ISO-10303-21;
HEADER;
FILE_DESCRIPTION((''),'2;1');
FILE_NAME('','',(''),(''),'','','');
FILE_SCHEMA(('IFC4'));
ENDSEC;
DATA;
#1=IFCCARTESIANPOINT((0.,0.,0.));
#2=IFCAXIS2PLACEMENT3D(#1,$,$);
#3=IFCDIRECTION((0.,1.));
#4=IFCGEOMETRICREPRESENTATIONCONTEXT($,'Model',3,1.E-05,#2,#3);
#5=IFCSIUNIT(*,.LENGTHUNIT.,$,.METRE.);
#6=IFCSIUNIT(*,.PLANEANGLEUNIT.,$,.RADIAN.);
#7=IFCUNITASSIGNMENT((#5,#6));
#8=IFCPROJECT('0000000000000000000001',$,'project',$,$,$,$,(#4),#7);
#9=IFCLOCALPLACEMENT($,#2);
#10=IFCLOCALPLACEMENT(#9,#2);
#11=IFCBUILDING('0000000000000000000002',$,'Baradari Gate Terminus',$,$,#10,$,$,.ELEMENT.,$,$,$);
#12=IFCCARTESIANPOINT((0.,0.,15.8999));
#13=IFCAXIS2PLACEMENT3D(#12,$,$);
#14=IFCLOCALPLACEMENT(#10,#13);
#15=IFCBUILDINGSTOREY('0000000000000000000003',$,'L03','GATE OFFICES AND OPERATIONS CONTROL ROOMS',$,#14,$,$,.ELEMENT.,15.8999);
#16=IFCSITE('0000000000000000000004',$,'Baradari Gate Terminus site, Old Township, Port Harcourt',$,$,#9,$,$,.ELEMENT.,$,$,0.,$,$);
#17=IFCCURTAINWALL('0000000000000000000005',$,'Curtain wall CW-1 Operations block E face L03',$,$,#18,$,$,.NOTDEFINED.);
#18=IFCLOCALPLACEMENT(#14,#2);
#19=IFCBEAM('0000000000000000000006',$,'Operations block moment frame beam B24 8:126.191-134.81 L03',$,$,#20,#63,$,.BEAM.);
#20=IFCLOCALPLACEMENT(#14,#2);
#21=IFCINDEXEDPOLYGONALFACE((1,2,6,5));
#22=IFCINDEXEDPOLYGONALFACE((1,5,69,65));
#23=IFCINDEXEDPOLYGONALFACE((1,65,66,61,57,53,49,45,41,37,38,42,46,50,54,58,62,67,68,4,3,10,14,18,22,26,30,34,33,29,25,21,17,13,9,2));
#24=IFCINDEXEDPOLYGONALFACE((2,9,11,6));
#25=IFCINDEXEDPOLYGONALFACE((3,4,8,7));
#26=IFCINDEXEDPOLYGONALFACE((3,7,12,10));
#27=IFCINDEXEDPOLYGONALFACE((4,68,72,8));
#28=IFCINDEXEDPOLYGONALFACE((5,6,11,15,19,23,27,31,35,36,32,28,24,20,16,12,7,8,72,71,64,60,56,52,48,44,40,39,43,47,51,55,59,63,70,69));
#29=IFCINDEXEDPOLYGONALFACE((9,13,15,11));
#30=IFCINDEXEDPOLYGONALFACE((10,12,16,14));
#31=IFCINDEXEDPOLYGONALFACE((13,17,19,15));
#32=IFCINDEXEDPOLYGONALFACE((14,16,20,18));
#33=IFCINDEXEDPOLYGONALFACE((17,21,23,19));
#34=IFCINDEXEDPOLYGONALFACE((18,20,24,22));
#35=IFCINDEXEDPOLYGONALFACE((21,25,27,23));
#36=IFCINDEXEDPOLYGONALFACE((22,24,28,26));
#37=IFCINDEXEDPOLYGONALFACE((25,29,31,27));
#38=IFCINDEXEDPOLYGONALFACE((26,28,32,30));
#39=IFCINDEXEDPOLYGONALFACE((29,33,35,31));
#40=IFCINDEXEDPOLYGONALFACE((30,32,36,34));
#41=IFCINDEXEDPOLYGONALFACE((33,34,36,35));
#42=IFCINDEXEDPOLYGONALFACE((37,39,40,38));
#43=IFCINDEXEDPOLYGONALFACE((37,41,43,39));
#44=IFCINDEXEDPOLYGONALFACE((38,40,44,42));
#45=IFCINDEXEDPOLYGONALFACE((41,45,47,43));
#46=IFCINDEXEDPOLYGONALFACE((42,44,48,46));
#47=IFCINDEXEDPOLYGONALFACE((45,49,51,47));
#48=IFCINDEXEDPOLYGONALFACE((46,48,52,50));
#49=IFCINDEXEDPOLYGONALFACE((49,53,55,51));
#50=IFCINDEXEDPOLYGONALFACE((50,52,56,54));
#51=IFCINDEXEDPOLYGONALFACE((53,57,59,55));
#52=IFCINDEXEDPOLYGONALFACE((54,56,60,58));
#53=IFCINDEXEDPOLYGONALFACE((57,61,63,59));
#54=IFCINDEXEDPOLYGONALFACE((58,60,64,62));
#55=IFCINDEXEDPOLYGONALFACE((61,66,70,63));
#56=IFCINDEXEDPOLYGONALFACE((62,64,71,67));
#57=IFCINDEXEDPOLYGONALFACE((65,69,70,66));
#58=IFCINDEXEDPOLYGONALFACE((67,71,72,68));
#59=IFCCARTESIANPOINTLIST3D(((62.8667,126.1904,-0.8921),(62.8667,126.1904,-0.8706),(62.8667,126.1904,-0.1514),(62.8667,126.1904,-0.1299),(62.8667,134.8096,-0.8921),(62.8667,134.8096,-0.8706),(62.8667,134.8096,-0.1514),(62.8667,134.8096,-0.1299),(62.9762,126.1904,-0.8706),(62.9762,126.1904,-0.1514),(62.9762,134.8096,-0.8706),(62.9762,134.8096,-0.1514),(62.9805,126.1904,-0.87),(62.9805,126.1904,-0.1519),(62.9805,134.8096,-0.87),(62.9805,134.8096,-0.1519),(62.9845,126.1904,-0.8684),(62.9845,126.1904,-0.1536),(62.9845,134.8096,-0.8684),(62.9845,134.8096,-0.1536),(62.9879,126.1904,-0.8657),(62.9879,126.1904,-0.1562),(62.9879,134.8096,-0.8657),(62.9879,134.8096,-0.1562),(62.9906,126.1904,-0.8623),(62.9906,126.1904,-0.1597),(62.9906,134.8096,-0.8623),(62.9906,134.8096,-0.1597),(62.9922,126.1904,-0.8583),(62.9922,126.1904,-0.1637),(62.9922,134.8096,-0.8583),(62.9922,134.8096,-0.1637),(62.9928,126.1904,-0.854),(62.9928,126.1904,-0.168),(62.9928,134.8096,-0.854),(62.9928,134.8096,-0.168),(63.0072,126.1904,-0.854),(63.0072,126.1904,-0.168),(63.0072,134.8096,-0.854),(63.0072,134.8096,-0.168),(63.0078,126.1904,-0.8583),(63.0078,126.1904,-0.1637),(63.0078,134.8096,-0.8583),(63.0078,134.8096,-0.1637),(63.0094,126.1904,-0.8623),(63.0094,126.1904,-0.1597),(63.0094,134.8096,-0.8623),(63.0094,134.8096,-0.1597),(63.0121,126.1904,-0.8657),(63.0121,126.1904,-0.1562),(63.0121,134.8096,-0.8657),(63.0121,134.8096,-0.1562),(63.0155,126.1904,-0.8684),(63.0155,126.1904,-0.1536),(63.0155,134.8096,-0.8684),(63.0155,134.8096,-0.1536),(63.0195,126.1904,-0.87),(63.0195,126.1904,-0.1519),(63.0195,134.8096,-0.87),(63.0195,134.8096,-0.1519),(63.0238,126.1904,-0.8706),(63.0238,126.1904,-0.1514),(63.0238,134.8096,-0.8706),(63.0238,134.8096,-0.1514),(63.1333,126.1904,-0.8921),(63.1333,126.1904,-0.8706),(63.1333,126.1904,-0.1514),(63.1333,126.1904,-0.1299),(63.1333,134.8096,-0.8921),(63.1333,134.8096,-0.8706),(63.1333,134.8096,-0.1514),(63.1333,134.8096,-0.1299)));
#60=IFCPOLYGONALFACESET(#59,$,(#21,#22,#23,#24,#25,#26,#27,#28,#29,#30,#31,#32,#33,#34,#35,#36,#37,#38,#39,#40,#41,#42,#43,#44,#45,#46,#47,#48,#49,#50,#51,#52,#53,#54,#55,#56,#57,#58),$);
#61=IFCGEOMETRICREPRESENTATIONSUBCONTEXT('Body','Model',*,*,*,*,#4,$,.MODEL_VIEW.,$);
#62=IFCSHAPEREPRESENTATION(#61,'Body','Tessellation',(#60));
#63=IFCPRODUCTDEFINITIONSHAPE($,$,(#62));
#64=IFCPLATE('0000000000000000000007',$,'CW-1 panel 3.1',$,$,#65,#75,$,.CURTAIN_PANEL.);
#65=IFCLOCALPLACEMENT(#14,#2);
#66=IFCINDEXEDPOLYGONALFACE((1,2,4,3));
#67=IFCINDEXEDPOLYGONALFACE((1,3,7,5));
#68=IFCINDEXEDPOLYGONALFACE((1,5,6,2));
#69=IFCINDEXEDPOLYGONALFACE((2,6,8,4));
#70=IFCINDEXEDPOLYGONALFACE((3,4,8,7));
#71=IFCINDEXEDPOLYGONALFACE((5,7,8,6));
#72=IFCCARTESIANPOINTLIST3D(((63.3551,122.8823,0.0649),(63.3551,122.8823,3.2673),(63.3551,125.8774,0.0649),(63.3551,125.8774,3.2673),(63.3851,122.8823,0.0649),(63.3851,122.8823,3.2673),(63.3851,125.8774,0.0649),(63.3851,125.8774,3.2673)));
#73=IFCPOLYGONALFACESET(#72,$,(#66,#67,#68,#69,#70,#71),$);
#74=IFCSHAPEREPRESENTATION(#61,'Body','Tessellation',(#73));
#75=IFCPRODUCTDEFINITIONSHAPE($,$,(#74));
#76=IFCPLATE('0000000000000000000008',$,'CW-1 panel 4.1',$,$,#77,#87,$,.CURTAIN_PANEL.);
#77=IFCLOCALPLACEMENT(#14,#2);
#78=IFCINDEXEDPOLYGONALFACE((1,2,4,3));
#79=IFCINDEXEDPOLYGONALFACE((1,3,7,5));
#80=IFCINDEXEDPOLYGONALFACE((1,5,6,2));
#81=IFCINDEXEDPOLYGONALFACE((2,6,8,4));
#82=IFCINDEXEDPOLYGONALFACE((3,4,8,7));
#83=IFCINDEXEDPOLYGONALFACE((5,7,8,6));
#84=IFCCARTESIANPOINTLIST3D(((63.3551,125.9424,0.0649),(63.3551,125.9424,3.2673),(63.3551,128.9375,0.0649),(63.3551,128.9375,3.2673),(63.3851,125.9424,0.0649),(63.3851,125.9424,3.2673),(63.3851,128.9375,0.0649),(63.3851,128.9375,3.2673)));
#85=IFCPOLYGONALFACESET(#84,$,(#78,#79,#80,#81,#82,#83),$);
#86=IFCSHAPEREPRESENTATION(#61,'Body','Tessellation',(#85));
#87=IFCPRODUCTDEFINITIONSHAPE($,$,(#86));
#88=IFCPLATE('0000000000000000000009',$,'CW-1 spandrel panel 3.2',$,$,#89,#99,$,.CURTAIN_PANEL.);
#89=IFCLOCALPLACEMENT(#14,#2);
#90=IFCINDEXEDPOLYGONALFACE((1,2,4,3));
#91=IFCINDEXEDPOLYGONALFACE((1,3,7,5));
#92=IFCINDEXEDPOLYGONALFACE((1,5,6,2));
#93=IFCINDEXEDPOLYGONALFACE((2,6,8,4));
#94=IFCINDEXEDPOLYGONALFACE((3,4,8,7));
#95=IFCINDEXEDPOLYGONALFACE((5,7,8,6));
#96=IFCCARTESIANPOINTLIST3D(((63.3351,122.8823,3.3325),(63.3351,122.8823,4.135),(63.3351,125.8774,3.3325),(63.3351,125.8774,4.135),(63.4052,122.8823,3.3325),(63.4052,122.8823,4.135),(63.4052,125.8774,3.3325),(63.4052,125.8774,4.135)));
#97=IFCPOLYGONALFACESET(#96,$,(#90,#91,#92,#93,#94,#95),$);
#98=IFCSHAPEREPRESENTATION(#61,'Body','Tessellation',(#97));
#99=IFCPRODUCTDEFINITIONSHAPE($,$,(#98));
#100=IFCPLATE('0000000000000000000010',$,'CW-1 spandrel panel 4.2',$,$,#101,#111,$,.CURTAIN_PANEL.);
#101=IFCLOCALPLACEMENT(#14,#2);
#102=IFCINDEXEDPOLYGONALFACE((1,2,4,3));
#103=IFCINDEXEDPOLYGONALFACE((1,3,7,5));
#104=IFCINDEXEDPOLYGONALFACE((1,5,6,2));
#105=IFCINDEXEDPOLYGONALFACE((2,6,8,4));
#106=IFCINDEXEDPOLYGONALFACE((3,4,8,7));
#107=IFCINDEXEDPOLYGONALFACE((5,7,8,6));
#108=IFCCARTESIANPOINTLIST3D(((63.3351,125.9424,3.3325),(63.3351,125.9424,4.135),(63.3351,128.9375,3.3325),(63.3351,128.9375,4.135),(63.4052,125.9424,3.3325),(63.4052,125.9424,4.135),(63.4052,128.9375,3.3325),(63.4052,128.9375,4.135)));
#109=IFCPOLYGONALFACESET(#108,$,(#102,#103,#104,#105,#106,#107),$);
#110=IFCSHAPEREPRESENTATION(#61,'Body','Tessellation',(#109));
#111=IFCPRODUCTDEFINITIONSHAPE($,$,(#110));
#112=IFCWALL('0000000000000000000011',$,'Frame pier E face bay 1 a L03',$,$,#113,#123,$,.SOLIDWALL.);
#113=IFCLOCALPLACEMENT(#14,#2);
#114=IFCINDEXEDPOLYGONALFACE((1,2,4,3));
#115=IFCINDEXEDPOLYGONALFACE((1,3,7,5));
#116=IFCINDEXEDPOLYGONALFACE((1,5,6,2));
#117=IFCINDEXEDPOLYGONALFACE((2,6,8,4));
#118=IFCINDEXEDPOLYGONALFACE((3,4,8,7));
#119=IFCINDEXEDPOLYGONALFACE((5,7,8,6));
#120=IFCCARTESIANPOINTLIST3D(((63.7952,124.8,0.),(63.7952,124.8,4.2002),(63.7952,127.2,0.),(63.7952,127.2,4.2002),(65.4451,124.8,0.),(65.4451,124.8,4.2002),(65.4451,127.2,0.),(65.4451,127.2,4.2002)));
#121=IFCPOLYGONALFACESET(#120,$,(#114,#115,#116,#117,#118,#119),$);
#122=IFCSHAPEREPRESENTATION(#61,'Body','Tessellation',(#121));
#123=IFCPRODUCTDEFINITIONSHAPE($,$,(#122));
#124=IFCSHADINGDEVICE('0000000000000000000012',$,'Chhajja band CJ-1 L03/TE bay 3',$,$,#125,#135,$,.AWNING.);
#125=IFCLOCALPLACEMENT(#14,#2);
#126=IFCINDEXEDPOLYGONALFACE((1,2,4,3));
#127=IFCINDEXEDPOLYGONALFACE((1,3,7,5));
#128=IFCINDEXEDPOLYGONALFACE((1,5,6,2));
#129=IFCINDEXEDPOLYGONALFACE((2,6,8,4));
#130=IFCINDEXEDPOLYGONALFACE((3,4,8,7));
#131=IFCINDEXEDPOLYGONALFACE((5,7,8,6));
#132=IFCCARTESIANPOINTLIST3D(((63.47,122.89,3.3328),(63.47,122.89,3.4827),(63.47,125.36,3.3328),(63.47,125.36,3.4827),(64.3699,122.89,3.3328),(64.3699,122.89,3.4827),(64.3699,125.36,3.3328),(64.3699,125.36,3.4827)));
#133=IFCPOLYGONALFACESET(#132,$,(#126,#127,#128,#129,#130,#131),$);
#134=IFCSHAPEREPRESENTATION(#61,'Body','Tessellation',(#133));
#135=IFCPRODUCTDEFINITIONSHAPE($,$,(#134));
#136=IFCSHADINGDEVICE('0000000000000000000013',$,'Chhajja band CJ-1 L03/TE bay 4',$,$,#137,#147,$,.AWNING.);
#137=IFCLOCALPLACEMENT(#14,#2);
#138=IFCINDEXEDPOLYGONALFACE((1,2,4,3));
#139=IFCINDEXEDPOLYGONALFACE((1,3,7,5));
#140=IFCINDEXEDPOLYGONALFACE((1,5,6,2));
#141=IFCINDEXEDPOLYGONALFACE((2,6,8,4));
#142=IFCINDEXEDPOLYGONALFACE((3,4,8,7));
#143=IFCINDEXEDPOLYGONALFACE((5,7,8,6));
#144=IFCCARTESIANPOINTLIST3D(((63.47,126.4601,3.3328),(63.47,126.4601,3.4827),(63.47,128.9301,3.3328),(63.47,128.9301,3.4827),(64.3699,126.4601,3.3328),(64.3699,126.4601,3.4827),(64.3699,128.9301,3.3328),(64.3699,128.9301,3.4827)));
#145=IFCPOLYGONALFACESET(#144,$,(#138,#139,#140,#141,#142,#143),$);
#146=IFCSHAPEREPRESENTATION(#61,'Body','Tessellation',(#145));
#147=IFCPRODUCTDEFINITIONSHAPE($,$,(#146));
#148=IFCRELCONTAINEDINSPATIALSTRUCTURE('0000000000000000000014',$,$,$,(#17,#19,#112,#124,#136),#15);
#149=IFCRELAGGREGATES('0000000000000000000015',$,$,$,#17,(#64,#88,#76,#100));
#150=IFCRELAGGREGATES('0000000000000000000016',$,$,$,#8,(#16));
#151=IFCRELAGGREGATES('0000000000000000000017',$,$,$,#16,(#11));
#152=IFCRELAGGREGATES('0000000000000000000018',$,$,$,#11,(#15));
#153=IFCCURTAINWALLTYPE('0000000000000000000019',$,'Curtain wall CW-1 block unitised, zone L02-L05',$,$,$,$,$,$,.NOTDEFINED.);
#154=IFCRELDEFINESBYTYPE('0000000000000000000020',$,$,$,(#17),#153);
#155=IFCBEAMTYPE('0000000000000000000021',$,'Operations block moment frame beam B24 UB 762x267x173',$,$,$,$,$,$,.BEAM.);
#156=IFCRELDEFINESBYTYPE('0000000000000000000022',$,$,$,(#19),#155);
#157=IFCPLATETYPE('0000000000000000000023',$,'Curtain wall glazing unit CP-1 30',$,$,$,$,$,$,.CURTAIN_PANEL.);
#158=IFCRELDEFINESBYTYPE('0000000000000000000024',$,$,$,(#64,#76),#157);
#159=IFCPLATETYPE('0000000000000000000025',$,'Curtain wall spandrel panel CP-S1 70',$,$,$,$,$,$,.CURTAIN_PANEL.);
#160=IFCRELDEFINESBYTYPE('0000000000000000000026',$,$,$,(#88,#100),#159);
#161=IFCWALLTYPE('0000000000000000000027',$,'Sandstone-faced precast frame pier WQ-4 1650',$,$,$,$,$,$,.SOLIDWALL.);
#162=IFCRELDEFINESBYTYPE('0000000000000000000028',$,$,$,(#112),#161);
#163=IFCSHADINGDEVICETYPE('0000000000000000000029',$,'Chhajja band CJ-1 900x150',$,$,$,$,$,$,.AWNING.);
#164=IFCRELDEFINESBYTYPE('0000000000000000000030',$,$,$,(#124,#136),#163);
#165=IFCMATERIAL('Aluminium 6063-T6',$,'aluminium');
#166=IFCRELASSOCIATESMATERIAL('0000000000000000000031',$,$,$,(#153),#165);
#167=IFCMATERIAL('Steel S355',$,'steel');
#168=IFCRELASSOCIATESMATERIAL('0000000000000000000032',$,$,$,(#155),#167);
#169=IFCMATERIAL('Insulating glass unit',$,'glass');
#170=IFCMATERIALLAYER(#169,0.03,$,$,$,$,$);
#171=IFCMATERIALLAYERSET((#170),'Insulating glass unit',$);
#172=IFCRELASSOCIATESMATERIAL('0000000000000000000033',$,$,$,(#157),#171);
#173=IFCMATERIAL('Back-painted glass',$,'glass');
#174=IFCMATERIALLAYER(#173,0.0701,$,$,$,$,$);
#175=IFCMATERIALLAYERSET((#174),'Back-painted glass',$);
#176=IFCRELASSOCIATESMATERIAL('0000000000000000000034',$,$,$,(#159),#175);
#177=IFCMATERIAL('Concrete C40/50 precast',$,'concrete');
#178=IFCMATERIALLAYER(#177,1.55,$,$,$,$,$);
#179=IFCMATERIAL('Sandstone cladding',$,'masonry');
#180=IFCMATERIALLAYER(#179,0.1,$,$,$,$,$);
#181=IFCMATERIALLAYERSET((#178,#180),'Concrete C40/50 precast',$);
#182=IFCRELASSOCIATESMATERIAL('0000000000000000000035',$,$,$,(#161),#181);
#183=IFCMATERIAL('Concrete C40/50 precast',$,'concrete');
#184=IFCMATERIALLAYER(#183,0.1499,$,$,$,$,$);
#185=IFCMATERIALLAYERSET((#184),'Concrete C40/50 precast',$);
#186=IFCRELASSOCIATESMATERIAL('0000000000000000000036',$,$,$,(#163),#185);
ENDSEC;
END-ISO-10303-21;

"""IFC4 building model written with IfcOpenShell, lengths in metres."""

from ifc_helpers import new_model, si_unit, direction, frame, frame_2d, origin, origin_2d, place, context, subcontext, project, spatial, rectangle, i_section, extrude, material, layer, layer_set, material_profile, profile_set, type_object, element, aggregate, save


model = new_model("IFC4")

# Units and contexts
model_context = context("Model", 3, precision=1e-05, world=origin(), true_north=direction((0.0, 1.0)))
body_context = subcontext(model_context, "Body", "Model", "MODEL_VIEW")
ifc_project = project(units=[si_unit("LENGTHUNIT", "METRE"), si_unit("PLANEANGLEUNIT", "RADIAN")], contexts=[model_context])

# Site, building, storey
site_placement = place(None, origin())
site = spatial("IfcSite", under=ifc_project, at=site_placement, Name="Baradari Gate Terminus site, Old Township, Port Harcourt", CompositionType="ELEMENT", RefElevation=0.0)
building_placement = place(site_placement, origin())
building = spatial("IfcBuilding", under=site, at=building_placement, Name="Baradari Gate Terminus", CompositionType="ELEMENT")
storey_placement = place(building_placement, frame((0.0, 0.0, 15.8999)))
storey = spatial("IfcBuildingStorey", under=building, at=storey_placement, Name="L03", Description="GATE OFFICES AND OPERATIONS CONTROL ROOMS", CompositionType="ELEMENT", Elevation=15.8999)

# Curtain wall
ifc_material_1 = material(Name="Aluminium 6063-T6", Category="aluminium")
curtain_wall_type = type_object("IfcCurtainWallType", Name="Curtain wall CW-1 block unitised, zone L02-L05", PredefinedType="NOTDEFINED", material=ifc_material_1)
curtain_wall_placement = place(storey_placement, origin())
curtain_wall = element("IfcCurtainWall", 1, at=curtain_wall_placement, inside=storey, type_object=curtain_wall_type, Name="Curtain wall CW-1 Operations block E face L03", PredefinedType="NOTDEFINED")

# Beam
ifc_material_2 = material(Name="Steel S355", Category="steel")
ifc_material_profile_1 = material_profile(ifc_material_2, i_section(OverallWidth=0.2666, OverallDepth=0.7622, WebThickness=0.0144, FlangeThickness=0.0215, FilletRadius=0.0166, at=origin_2d()), Name="UB 762x267x173")
ifc_profile_set_1 = profile_set([ifc_material_profile_1], Name="Steel S355")
beam_type = type_object("IfcBeamType", Name="Operations block moment frame beam B24 UB 762x267x173", PredefinedType="BEAM", material=ifc_profile_set_1)
beam_placement = place(storey_placement, frame((63.0, 126.1904, -0.511), z_axis=(0.0, 1.0, 0.0), x_axis=(-1.0, 0.0, 0.0)))
element("IfcBeam", 2, at=beam_placement, inside=storey, type_object=beam_type, Name="Operations block moment frame beam B24 8:126.191-134.81 L03", PredefinedType="BEAM", context=body_context, shape_type="SweptSolid", body=[
    extrude(i_section(OverallWidth=0.2666, OverallDepth=0.7622, WebThickness=0.0144, FlangeThickness=0.0215, FilletRadius=0.0166, at=origin_2d()), origin(), (0.0, 0.0, 1.0), 8.6191),
])

# Plates
ifc_material_3 = material(Name="Insulating glass unit", Category="glass")
ifc_layer_1 = layer(ifc_material_3, 0.03)
ifc_layer_set_1 = layer_set([ifc_layer_1], Name="Insulating glass unit")
plate_type_1 = type_object("IfcPlateType", Name="Curtain wall glazing unit CP-1 30", PredefinedType="CURTAIN_PANEL", material=ifc_layer_set_1)
plate_1_placement = place(storey_placement, frame((63.3701, 124.3799, 0.0649), z_axis=(0.0, 0.0, 1.0), x_axis=(0.0, 1.0, 0.0)))
plate_1 = element("IfcPlate", 3, at=plate_1_placement, type_object=plate_type_1, Name="CW-1 panel 3.1", PredefinedType="CURTAIN_PANEL", context=body_context, shape_type="SweptSolid", body=[
    extrude(rectangle(XDim=2.9951, YDim=0.03, at=origin_2d()), origin(), (0.0, 0.0, 1.0), 3.2024),
])
plate_2_placement = place(storey_placement, frame((63.3701, 127.4399, 0.0649), z_axis=(0.0, 0.0, 1.0), x_axis=(0.0, 1.0, 0.0)))
plate_2 = element("IfcPlate", 4, at=plate_2_placement, type_object=plate_type_1, Name="CW-1 panel 4.1", PredefinedType="CURTAIN_PANEL", context=body_context, shape_type="SweptSolid", body=[
    extrude(rectangle(XDim=2.9951, YDim=0.03, at=origin_2d()), origin(), (0.0, 0.0, 1.0), 3.2024),
])
ifc_material_4 = material(Name="Back-painted glass", Category="glass")
ifc_layer_2 = layer(ifc_material_4, 0.0701)
ifc_layer_set_2 = layer_set([ifc_layer_2], Name="Back-painted glass")
plate_type_2 = type_object("IfcPlateType", Name="Curtain wall spandrel panel CP-S1 70", PredefinedType="CURTAIN_PANEL", material=ifc_layer_set_2)
plate_3_placement = place(storey_placement, frame((63.3701, 124.3799, 3.3325), z_axis=(0.0, 0.0, 1.0), x_axis=(0.0, 1.0, 0.0)))
plate_3 = element("IfcPlate", 5, at=plate_3_placement, type_object=plate_type_2, Name="CW-1 spandrel panel 3.2", PredefinedType="CURTAIN_PANEL", context=body_context, shape_type="SweptSolid", body=[
    extrude(rectangle(XDim=2.9951, YDim=0.0701, at=origin_2d()), origin(), (0.0, 0.0, 1.0), 0.8025),
])
plate_4_placement = place(storey_placement, frame((63.3701, 127.4399, 3.3325), z_axis=(0.0, 0.0, 1.0), x_axis=(0.0, 1.0, 0.0)))
plate_4 = element("IfcPlate", 6, at=plate_4_placement, type_object=plate_type_2, Name="CW-1 spandrel panel 4.2", PredefinedType="CURTAIN_PANEL", context=body_context, shape_type="SweptSolid", body=[
    extrude(rectangle(XDim=2.9951, YDim=0.0701, at=origin_2d()), origin(), (0.0, 0.0, 1.0), 0.8025),
])
aggregate(curtain_wall, [plate_1, plate_3, plate_2, plate_4])

# Wall
ifc_material_5 = material(Name="Concrete C40/50 precast", Category="concrete")
ifc_layer_3 = layer(ifc_material_5, 1.55)
ifc_material_6 = material(Name="Sandstone cladding", Category="masonry")
ifc_layer_4 = layer(ifc_material_6, 0.1)
ifc_layer_set_3 = layer_set([ifc_layer_3, ifc_layer_4], Name="Concrete C40/50 precast")
wall_type = type_object("IfcWallType", Name="Sandstone-faced precast frame pier WQ-4 1650", PredefinedType="SOLIDWALL", material=ifc_layer_set_3)
wall_placement = place(storey_placement, frame((64.6201, 124.8, 0.0), z_axis=(0.0, 0.0, 1.0), x_axis=(0.0, 1.0, 0.0)))
element("IfcWall", 7, at=wall_placement, inside=storey, type_object=wall_type, Name="Frame pier E face bay 1 a L03", PredefinedType="SOLIDWALL", context=body_context, shape_type="SweptSolid", body=[
    extrude(rectangle(XDim=2.3999, YDim=1.6499, at=frame_2d((1.2, 0.0))), origin(), (0.0, 0.0, 1.0), 4.2002),
])

# Shading devices
ifc_material_7 = material(Name="Concrete C40/50 precast", Category="concrete")
ifc_layer_5 = layer(ifc_material_7, 0.1499)
ifc_layer_set_4 = layer_set([ifc_layer_5], Name="Concrete C40/50 precast")
shading_device_type_1 = type_object("IfcShadingDeviceType", Name="Chhajja band CJ-1 900x150", PredefinedType="AWNING", material=ifc_layer_set_4)
for number, where, z_axis, x_axis, name in (
    (8, (63.9199, 124.125, 3.3328), (0.0, 0.0, 1.0), (0.0, 1.0, 0.0), "Chhajja band CJ-1 L03/TE bay 3"),
    (9, (63.9199, 127.6951, 3.3328), (0.0, 0.0, 1.0), (0.0, 1.0, 0.0), "Chhajja band CJ-1 L03/TE bay 4"),
):
    element("IfcShadingDevice", number, at=place(storey_placement, frame(where, z_axis=z_axis, x_axis=x_axis)), inside=storey, type_object=shading_device_type_1, Name=name, PredefinedType="AWNING", context=body_context, shape_type="SweptSolid", body=[
        extrude(rectangle(XDim=2.47, YDim=0.8999, at=origin_2d()), origin(), (0.0, 0.0, 1.0), 0.1499),
    ])

save(model, "model.ifc")
